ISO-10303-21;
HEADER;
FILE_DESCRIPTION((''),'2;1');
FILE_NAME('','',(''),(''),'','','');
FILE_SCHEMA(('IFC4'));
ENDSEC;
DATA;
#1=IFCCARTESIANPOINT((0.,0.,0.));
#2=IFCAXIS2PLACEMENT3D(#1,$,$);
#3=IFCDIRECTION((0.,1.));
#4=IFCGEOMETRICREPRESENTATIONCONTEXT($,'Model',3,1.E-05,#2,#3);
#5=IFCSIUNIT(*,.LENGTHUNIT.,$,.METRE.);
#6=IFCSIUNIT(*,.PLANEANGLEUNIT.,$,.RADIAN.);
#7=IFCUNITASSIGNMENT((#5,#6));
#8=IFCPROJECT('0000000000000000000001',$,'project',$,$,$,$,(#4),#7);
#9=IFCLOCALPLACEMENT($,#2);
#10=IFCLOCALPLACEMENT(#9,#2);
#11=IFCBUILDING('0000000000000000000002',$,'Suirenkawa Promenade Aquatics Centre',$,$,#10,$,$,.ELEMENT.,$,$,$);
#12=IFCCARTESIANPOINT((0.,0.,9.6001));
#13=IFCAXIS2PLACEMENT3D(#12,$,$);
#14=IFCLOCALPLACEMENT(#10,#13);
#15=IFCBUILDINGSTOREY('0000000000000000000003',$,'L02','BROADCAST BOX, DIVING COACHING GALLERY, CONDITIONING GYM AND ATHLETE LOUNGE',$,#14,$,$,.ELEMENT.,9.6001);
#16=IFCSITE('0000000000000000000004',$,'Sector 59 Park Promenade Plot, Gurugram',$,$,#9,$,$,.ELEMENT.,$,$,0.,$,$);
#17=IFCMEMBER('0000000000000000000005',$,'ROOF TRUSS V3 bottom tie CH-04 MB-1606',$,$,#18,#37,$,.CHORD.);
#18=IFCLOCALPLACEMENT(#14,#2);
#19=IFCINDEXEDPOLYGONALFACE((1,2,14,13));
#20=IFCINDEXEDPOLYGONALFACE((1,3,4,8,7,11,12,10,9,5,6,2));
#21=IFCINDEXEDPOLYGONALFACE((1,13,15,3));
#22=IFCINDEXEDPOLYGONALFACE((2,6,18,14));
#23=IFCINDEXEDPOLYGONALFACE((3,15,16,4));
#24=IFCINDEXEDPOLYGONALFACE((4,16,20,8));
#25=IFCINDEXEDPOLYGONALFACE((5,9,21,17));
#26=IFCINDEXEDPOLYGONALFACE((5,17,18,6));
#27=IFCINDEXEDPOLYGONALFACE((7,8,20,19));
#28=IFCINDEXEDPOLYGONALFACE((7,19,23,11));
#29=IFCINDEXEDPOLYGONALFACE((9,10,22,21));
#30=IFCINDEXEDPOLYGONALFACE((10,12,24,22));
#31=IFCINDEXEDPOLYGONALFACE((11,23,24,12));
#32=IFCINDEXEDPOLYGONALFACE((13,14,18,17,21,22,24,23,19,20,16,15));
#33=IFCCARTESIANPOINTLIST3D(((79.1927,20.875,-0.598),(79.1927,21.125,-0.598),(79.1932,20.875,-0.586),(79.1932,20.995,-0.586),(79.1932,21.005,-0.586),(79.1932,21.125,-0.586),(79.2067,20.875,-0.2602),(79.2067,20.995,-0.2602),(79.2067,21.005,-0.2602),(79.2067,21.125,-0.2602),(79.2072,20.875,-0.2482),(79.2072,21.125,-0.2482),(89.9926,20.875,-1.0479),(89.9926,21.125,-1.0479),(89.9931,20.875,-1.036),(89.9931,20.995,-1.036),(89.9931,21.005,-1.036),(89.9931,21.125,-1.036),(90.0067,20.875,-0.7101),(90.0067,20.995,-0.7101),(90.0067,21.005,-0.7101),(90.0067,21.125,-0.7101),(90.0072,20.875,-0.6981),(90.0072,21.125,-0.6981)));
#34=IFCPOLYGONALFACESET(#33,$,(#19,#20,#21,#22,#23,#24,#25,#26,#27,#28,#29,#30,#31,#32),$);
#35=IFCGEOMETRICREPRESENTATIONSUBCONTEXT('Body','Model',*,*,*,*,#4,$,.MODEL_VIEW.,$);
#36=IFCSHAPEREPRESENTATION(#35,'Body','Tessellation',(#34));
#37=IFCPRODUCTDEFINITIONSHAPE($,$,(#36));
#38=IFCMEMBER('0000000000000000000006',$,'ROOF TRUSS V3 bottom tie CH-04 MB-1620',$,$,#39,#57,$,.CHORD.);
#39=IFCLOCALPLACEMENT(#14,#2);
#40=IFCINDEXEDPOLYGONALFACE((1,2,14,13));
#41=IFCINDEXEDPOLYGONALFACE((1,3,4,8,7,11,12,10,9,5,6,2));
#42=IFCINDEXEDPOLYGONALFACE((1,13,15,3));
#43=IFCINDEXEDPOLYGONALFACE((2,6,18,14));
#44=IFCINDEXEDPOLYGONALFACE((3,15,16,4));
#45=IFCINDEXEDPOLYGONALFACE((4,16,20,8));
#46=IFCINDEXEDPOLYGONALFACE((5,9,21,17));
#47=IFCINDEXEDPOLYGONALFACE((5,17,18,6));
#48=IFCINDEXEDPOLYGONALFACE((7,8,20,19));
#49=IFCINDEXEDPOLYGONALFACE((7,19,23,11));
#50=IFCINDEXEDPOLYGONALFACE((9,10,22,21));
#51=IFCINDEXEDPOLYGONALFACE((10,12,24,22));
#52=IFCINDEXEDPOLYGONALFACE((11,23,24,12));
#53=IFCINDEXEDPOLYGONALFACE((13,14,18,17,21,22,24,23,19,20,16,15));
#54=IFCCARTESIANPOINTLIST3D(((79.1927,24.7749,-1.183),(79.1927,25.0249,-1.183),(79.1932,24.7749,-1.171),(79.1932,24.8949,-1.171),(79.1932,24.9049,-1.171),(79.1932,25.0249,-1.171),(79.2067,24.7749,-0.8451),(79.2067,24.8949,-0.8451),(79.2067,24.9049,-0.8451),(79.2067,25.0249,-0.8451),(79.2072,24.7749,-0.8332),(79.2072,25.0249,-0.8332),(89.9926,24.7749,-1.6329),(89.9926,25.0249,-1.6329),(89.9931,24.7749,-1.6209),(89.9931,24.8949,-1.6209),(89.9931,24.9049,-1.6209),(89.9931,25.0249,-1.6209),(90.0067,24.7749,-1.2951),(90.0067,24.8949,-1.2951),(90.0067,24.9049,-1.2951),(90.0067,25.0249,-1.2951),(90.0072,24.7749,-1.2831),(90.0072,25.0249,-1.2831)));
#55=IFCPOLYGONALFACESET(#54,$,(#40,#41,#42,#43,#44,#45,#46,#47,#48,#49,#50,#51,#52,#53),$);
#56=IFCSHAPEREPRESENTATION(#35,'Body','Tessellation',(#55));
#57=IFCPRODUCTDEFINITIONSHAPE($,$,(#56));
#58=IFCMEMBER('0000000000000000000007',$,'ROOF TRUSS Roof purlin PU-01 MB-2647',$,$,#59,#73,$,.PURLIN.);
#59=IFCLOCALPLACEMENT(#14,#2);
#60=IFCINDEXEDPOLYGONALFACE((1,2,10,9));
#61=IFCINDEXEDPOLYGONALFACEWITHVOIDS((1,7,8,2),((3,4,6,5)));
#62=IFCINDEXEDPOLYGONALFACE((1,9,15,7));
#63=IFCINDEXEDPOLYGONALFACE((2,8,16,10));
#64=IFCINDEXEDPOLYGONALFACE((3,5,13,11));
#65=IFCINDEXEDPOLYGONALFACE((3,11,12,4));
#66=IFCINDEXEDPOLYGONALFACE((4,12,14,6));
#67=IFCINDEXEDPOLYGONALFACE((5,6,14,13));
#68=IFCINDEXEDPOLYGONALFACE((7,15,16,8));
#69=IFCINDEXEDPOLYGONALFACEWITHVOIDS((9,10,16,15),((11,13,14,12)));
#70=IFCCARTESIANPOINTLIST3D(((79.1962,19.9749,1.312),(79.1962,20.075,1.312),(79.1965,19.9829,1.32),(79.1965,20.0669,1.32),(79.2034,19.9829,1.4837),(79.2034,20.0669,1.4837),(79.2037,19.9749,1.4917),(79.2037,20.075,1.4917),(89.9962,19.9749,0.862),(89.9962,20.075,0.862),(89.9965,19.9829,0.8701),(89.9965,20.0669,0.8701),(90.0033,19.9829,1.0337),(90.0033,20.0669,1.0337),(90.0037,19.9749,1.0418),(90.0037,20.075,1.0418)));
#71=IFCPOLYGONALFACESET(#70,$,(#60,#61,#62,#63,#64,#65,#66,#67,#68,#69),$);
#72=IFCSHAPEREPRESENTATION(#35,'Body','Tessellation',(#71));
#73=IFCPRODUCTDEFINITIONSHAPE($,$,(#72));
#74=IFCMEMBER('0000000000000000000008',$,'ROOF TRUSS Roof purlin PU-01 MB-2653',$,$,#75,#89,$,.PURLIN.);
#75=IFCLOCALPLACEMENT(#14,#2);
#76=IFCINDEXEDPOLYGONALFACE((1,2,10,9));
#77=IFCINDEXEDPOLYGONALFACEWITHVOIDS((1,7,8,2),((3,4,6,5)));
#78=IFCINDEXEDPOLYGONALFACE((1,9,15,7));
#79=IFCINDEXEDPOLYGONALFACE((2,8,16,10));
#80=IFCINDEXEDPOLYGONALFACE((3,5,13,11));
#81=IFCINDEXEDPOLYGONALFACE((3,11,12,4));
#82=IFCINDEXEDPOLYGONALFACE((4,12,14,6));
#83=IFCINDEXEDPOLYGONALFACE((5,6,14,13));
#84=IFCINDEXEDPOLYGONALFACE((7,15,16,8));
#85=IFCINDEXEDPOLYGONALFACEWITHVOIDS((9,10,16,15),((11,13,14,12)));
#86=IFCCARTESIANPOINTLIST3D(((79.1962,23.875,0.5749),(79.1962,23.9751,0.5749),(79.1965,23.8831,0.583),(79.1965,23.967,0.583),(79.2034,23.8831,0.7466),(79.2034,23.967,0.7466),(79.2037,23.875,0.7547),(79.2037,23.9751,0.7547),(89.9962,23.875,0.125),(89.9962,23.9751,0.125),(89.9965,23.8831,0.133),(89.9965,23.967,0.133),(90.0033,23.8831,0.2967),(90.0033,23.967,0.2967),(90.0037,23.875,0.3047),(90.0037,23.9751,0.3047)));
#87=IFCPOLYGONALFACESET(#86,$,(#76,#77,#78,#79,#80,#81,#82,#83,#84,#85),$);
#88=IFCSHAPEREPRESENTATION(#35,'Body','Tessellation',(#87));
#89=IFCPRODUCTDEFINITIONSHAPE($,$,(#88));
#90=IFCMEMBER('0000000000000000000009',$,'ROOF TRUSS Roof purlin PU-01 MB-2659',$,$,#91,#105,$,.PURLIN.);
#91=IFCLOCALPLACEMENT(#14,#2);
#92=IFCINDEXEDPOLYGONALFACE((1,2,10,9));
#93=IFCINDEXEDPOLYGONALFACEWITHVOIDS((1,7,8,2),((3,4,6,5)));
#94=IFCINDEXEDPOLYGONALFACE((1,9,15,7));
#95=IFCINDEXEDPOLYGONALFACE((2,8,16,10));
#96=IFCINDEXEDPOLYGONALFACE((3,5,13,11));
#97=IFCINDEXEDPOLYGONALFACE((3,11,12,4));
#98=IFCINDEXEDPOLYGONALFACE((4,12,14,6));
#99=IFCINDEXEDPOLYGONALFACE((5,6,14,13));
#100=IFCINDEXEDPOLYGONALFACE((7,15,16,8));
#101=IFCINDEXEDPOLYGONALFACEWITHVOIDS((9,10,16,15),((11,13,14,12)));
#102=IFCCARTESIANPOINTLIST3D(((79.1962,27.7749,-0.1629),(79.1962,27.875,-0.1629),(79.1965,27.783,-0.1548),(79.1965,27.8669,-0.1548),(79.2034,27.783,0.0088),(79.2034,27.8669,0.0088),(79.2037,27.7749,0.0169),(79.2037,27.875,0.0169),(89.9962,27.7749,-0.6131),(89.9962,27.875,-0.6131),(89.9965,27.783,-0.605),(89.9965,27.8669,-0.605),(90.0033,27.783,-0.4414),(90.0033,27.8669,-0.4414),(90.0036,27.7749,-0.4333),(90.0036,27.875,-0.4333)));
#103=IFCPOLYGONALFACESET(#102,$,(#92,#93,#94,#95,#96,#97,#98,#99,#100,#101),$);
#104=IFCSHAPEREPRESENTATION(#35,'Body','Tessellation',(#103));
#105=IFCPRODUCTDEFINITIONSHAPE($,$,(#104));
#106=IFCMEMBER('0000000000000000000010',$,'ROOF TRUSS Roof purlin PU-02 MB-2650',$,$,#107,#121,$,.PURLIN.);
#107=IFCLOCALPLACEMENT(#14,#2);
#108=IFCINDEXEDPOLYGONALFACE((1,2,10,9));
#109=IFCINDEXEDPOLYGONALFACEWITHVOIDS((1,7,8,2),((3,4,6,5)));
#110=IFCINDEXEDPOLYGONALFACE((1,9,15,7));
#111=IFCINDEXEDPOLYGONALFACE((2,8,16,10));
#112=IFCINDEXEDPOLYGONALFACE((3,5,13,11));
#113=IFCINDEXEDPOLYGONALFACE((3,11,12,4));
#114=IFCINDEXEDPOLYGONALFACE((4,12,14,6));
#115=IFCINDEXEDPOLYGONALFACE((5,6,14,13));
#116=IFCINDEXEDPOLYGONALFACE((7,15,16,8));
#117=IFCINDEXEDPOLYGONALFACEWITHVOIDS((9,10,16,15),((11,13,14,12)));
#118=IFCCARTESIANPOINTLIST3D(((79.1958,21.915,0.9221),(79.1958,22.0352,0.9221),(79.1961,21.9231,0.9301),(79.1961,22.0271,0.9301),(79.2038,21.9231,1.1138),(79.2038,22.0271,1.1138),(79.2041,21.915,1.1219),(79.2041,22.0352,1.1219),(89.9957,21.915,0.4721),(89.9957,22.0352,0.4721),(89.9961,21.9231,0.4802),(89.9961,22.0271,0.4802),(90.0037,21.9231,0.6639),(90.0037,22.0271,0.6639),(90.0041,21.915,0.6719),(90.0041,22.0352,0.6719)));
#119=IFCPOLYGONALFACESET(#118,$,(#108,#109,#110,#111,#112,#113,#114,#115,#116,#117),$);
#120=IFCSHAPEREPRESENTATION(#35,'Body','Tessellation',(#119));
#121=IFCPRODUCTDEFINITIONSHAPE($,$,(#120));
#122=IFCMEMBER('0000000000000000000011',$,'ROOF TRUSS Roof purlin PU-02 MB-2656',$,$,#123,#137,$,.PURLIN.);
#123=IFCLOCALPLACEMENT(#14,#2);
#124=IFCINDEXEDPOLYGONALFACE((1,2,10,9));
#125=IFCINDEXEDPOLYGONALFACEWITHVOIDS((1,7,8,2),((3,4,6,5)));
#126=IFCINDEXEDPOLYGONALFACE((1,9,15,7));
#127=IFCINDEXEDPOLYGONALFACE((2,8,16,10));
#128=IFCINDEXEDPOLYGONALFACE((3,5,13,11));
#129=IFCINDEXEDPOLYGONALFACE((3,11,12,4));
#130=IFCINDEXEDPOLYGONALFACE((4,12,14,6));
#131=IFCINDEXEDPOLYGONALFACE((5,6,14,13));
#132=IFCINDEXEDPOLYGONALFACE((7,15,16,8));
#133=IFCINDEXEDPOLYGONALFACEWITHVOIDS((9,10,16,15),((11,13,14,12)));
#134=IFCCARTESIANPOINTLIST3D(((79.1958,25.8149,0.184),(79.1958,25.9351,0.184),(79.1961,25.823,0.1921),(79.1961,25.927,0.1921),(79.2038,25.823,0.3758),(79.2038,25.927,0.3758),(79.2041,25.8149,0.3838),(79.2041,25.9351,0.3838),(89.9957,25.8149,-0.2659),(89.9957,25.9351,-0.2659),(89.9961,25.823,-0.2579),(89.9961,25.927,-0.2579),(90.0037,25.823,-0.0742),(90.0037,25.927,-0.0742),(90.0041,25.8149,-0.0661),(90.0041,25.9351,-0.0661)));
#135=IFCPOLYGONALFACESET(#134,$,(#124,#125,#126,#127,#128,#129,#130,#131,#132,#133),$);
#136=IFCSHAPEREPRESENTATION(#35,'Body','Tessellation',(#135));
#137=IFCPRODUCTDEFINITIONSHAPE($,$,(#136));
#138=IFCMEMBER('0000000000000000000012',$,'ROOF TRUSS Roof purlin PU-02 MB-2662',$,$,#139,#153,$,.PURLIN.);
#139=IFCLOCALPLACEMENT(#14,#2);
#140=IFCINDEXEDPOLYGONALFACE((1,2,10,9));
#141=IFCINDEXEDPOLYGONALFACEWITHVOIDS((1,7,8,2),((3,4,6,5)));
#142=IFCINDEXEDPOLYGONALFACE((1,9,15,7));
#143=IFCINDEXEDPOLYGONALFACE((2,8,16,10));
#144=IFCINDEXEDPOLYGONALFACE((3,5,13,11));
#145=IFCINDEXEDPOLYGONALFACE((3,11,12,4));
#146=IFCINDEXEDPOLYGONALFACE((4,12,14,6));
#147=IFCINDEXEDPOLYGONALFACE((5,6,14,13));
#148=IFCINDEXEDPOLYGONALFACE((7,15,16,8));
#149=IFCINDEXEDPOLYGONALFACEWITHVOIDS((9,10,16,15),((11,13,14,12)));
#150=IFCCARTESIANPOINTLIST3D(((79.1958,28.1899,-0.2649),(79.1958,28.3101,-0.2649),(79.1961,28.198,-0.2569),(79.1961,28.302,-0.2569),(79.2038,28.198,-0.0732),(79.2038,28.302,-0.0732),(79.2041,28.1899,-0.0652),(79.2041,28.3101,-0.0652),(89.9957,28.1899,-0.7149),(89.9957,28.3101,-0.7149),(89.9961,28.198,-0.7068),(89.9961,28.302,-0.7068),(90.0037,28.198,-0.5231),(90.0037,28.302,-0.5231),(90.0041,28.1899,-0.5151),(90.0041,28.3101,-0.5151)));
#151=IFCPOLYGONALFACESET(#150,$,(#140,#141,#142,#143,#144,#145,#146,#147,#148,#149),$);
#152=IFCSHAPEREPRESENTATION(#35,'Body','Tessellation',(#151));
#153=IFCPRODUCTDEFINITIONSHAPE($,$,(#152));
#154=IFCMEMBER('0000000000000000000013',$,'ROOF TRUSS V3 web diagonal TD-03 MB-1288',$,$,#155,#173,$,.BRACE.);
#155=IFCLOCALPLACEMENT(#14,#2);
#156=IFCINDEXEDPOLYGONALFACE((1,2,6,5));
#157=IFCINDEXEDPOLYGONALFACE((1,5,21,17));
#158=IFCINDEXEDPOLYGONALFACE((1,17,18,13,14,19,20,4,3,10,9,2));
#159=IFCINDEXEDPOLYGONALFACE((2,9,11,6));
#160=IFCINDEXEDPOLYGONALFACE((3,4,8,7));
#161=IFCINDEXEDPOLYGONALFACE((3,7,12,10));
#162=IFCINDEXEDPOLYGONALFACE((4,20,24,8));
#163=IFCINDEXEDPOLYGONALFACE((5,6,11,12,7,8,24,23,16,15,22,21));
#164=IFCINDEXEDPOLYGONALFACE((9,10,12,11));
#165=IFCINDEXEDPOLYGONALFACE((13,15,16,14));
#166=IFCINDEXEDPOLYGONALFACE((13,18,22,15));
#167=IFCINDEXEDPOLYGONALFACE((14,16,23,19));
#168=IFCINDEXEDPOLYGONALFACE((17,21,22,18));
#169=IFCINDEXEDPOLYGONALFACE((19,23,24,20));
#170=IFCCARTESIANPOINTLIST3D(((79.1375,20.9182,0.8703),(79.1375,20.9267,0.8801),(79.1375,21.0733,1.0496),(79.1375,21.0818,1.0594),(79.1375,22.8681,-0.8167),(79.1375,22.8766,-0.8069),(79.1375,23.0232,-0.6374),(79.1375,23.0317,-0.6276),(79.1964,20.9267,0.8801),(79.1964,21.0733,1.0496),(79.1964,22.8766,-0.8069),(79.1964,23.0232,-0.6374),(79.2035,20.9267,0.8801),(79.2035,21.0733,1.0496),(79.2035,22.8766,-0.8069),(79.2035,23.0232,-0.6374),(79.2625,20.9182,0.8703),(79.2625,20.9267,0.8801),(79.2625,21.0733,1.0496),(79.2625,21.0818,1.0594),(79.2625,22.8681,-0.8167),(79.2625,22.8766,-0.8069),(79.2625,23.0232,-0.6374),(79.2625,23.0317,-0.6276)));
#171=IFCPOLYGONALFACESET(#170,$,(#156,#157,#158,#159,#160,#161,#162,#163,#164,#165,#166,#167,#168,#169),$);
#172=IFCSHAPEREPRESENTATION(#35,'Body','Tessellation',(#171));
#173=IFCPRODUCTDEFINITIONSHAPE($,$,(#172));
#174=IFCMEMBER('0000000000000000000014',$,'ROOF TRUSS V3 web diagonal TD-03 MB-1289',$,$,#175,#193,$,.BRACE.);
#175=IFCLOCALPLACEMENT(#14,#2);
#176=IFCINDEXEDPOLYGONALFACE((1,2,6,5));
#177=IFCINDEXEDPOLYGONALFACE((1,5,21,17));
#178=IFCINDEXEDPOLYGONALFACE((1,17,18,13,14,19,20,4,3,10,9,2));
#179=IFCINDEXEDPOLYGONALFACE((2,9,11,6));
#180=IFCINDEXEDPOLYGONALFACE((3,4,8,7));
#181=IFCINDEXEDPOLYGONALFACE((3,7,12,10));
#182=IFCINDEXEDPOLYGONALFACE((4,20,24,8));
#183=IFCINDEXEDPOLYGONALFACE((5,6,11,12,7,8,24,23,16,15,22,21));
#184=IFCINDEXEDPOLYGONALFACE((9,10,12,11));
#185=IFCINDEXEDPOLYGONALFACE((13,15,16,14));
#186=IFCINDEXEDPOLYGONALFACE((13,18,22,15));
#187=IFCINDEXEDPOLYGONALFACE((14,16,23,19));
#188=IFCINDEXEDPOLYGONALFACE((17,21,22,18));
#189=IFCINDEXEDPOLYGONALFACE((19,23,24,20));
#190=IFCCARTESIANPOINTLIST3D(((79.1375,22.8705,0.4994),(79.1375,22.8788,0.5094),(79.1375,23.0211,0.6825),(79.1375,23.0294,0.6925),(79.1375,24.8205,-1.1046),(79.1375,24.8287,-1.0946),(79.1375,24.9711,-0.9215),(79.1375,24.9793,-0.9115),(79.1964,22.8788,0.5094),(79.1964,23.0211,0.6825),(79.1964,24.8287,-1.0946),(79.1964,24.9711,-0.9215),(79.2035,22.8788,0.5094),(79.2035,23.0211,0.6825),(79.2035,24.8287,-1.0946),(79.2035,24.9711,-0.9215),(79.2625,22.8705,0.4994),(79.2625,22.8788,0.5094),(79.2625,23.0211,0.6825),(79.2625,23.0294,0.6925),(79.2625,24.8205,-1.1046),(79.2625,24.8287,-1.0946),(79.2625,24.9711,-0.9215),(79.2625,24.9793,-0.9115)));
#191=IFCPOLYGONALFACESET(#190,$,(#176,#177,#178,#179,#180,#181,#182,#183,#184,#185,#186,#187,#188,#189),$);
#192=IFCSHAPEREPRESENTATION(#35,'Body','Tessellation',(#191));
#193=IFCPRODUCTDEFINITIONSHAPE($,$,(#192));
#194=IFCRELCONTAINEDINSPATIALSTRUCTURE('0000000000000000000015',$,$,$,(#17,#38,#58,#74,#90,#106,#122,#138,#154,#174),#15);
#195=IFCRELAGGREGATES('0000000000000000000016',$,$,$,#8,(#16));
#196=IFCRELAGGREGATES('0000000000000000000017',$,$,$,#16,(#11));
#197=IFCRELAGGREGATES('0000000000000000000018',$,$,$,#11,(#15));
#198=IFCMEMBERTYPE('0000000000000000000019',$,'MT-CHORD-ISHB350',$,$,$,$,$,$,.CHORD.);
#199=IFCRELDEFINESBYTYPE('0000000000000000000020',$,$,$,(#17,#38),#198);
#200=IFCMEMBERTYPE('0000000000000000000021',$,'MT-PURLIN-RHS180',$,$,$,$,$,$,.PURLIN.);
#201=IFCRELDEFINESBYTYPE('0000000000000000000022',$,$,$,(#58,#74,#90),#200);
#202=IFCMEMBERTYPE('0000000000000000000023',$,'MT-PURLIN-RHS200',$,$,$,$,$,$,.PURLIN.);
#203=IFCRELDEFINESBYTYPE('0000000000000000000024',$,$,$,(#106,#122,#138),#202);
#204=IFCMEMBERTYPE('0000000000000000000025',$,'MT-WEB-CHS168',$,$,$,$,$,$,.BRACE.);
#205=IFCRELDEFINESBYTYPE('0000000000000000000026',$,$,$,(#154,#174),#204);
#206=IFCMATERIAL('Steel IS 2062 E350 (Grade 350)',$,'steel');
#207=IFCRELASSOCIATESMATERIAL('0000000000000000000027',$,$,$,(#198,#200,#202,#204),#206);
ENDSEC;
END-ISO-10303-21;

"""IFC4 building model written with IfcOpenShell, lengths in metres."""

from ifc_helpers import new_model, si_unit, direction, frame, origin, origin_2d, place, context, subcontext, project, spatial, hollow_rectangle, i_section, extrude, material, material_profile, profile_set, type_object, element, save


model = new_model("IFC4")

# Units and contexts
model_context = context("Model", 3, precision=1e-05, world=origin(), true_north=direction((0.0, 1.0)))
body_context = subcontext(model_context, "Body", "Model", "MODEL_VIEW")
ifc_project = project(units=[si_unit("LENGTHUNIT", "METRE"), si_unit("PLANEANGLEUNIT", "RADIAN")], contexts=[model_context])

# Site, building, storey
site_placement = place(None, origin())
site = spatial("IfcSite", under=ifc_project, at=site_placement, Name="Sector 59 Park Promenade Plot, Gurugram", CompositionType="ELEMENT", RefElevation=0.0)
building_placement = place(site_placement, origin())
building = spatial("IfcBuilding", under=site, at=building_placement, Name="Suirenkawa Promenade Aquatics Centre", CompositionType="ELEMENT")
storey_placement = place(building_placement, frame((0.0, 0.0, 9.6001)))
storey = spatial("IfcBuildingStorey", under=building, at=storey_placement, Name="L02", Description="BROADCAST BOX, DIVING COACHING GALLERY, CONDITIONING GYM AND ATHLETE LOUNGE", CompositionType="ELEMENT", Elevation=9.6001)

# Shared definitions
ifc_material = material(Name="Steel IS 2062 E350 (Grade 350)", Category="steel")

# Members
ifc_material_profile_1 = material_profile(ifc_material, i_section(OverallWidth=0.25, OverallDepth=0.3501, WebThickness=0.01, FlangeThickness=0.012, at=origin_2d()), Name="ISHB 350", Category="steel")
ifc_profile_set_1 = profile_set([ifc_material_profile_1], Name="Steel IS 2062 E350 (Grade 350)")
member_type_1 = type_object("IfcMemberType", Name="MT-CHORD-ISHB350", PredefinedType="CHORD", material=ifc_profile_set_1)
for number, where, z_axis, x_axis, name in (
    (1, (79.2, 21.0, -0.4231), (0.999133, 0.0, -0.041626), (0.0, 1.0, 0.0), "ROOF TRUSS V3 bottom tie CH-04 MB-1606"),
    (2, (79.2, 24.8999, -1.0081), (0.999133, 0.0, -0.041626), (0.0, 1.0, 0.0), "ROOF TRUSS V3 bottom tie CH-04 MB-1620"),
):
    element("IfcMember", number, at=place(storey_placement, frame(where, z_axis=z_axis, x_axis=x_axis)), inside=storey, type_object=member_type_1, Name=name, PredefinedType="CHORD", context=body_context, shape_type="SweptSolid", body=[
        extrude(i_section(OverallWidth=0.25, OverallDepth=0.3501, WebThickness=0.01, FlangeThickness=0.012, at=origin_2d()), origin(), (0.0, 0.0, 1.0), 10.8093),
    ])
ifc_material_profile_2 = material_profile(ifc_material, hollow_rectangle(XDim=0.1001, YDim=0.1799, WallThickness=0.0081, at=origin_2d()), Name="RHS 180x100x8", Category="steel")
ifc_profile_set_2 = profile_set([ifc_material_profile_2], Name="Steel IS 2062 E350 (Grade 350)")
member_type_2 = type_object("IfcMemberType", Name="MT-PURLIN-RHS180", PredefinedType="PURLIN", material=ifc_profile_set_2)
for number, where, z_axis, x_axis, name in (
    (3, (79.2, 20.0249, 1.4019), (0.999133, 0.0, -0.041626), (0.0, 1.0, 0.0), "ROOF TRUSS Roof purlin PU-01 MB-2647"),
    (4, (79.2, 23.925, 0.6648), (0.999133, 0.0, -0.041626), (0.0, 1.0, 0.0), "ROOF TRUSS Roof purlin PU-01 MB-2653"),
    (5, (79.2, 27.825, -0.073), (0.999132, 0.0, -0.041648), (0.0, 1.0, 0.0), "ROOF TRUSS Roof purlin PU-01 MB-2659"),
):
    element("IfcMember", number, at=place(storey_placement, frame(where, z_axis=z_axis, x_axis=x_axis)), inside=storey, type_object=member_type_2, Name=name, PredefinedType="PURLIN", context=body_context, shape_type="SweptSolid", body=[
        extrude(hollow_rectangle(XDim=0.1001, YDim=0.1799, WallThickness=0.0081, at=origin_2d()), origin(), (0.0, 0.0, 1.0), 10.8093),
    ])
ifc_material_profile_3 = material_profile(ifc_material, hollow_rectangle(XDim=0.1201, YDim=0.2, WallThickness=0.0081, at=origin_2d()), Name="RHS 200x120x8", Category="steel")
ifc_profile_set_3 = profile_set([ifc_material_profile_3], Name="Steel IS 2062 E350 (Grade 350)")
member_type_3 = type_object("IfcMemberType", Name="MT-PURLIN-RHS200", PredefinedType="PURLIN", material=ifc_profile_set_3)
for number, where, z_axis, x_axis, name in (
    (6, (79.2, 21.9751, 1.022), (0.999133, 0.0, -0.041626), (0.0, 1.0, 0.0), "ROOF TRUSS Roof purlin PU-02 MB-2650"),
    (7, (79.2, 25.875, 0.2839), (0.999133, 0.0, -0.041626), (0.0, 1.0, 0.0), "ROOF TRUSS Roof purlin PU-02 MB-2656"),
    (8, (79.2, 28.25, -0.165), (0.999133, 0.0, -0.041626), (0.0, 1.0, 0.0), "ROOF TRUSS Roof purlin PU-02 MB-2662"),
):
    element("IfcMember", number, at=place(storey_placement, frame(where, z_axis=z_axis, x_axis=x_axis)), inside=storey, type_object=member_type_3, Name=name, PredefinedType="PURLIN", context=body_context, shape_type="SweptSolid", body=[
        extrude(hollow_rectangle(XDim=0.1201, YDim=0.2, WallThickness=0.0081, at=origin_2d()), origin(), (0.0, 0.0, 1.0), 10.8093),
    ])
ifc_material_profile_4 = material_profile(ifc_material, i_section(OverallWidth=0.125, OverallDepth=0.25, WebThickness=0.0071, FlangeThickness=0.0129, at=origin_2d()), Name="ISMB 250", Category="steel")
ifc_profile_set_4 = profile_set([ifc_material_profile_4], Name="Steel IS 2062 E350 (Grade 350)")
member_type_4 = type_object("IfcMemberType", Name="MT-WEB-CHS168", PredefinedType="BRACE", material=ifc_profile_set_4)
member_1_placement = place(storey_placement, frame((79.2, 21.0, 0.9648), z_axis=(0.0, 0.756254, -0.654278), x_axis=(-1.0, 0.0, 0.0)))
element("IfcMember", 9, at=member_1_placement, inside=storey, type_object=member_type_4, Name="ROOF TRUSS V3 web diagonal TD-03 MB-1288", PredefinedType="BRACE", context=body_context, shape_type="SweptSolid", body=[
    extrude(i_section(OverallWidth=0.125, OverallDepth=0.25, WebThickness=0.0071, FlangeThickness=0.0129, at=origin_2d()), origin(), (0.0, 0.0, 1.0), 2.5784),
])
member_2_placement = place(storey_placement, frame((79.2, 22.95, 0.5959), z_axis=(0.0, 0.772287, -0.635273), x_axis=(-1.0, 0.0, 0.0)))
element("IfcMember", 10, at=member_2_placement, inside=storey, type_object=member_type_4, Name="ROOF TRUSS V3 web diagonal TD-03 MB-1289", PredefinedType="BRACE", context=body_context, shape_type="SweptSolid", body=[
    extrude(i_section(OverallWidth=0.125, OverallDepth=0.25, WebThickness=0.0071, FlangeThickness=0.0129, at=origin_2d()), origin(), (0.0, 0.0, 1.0), 2.5249),
])

save(model, "model.ifc")
